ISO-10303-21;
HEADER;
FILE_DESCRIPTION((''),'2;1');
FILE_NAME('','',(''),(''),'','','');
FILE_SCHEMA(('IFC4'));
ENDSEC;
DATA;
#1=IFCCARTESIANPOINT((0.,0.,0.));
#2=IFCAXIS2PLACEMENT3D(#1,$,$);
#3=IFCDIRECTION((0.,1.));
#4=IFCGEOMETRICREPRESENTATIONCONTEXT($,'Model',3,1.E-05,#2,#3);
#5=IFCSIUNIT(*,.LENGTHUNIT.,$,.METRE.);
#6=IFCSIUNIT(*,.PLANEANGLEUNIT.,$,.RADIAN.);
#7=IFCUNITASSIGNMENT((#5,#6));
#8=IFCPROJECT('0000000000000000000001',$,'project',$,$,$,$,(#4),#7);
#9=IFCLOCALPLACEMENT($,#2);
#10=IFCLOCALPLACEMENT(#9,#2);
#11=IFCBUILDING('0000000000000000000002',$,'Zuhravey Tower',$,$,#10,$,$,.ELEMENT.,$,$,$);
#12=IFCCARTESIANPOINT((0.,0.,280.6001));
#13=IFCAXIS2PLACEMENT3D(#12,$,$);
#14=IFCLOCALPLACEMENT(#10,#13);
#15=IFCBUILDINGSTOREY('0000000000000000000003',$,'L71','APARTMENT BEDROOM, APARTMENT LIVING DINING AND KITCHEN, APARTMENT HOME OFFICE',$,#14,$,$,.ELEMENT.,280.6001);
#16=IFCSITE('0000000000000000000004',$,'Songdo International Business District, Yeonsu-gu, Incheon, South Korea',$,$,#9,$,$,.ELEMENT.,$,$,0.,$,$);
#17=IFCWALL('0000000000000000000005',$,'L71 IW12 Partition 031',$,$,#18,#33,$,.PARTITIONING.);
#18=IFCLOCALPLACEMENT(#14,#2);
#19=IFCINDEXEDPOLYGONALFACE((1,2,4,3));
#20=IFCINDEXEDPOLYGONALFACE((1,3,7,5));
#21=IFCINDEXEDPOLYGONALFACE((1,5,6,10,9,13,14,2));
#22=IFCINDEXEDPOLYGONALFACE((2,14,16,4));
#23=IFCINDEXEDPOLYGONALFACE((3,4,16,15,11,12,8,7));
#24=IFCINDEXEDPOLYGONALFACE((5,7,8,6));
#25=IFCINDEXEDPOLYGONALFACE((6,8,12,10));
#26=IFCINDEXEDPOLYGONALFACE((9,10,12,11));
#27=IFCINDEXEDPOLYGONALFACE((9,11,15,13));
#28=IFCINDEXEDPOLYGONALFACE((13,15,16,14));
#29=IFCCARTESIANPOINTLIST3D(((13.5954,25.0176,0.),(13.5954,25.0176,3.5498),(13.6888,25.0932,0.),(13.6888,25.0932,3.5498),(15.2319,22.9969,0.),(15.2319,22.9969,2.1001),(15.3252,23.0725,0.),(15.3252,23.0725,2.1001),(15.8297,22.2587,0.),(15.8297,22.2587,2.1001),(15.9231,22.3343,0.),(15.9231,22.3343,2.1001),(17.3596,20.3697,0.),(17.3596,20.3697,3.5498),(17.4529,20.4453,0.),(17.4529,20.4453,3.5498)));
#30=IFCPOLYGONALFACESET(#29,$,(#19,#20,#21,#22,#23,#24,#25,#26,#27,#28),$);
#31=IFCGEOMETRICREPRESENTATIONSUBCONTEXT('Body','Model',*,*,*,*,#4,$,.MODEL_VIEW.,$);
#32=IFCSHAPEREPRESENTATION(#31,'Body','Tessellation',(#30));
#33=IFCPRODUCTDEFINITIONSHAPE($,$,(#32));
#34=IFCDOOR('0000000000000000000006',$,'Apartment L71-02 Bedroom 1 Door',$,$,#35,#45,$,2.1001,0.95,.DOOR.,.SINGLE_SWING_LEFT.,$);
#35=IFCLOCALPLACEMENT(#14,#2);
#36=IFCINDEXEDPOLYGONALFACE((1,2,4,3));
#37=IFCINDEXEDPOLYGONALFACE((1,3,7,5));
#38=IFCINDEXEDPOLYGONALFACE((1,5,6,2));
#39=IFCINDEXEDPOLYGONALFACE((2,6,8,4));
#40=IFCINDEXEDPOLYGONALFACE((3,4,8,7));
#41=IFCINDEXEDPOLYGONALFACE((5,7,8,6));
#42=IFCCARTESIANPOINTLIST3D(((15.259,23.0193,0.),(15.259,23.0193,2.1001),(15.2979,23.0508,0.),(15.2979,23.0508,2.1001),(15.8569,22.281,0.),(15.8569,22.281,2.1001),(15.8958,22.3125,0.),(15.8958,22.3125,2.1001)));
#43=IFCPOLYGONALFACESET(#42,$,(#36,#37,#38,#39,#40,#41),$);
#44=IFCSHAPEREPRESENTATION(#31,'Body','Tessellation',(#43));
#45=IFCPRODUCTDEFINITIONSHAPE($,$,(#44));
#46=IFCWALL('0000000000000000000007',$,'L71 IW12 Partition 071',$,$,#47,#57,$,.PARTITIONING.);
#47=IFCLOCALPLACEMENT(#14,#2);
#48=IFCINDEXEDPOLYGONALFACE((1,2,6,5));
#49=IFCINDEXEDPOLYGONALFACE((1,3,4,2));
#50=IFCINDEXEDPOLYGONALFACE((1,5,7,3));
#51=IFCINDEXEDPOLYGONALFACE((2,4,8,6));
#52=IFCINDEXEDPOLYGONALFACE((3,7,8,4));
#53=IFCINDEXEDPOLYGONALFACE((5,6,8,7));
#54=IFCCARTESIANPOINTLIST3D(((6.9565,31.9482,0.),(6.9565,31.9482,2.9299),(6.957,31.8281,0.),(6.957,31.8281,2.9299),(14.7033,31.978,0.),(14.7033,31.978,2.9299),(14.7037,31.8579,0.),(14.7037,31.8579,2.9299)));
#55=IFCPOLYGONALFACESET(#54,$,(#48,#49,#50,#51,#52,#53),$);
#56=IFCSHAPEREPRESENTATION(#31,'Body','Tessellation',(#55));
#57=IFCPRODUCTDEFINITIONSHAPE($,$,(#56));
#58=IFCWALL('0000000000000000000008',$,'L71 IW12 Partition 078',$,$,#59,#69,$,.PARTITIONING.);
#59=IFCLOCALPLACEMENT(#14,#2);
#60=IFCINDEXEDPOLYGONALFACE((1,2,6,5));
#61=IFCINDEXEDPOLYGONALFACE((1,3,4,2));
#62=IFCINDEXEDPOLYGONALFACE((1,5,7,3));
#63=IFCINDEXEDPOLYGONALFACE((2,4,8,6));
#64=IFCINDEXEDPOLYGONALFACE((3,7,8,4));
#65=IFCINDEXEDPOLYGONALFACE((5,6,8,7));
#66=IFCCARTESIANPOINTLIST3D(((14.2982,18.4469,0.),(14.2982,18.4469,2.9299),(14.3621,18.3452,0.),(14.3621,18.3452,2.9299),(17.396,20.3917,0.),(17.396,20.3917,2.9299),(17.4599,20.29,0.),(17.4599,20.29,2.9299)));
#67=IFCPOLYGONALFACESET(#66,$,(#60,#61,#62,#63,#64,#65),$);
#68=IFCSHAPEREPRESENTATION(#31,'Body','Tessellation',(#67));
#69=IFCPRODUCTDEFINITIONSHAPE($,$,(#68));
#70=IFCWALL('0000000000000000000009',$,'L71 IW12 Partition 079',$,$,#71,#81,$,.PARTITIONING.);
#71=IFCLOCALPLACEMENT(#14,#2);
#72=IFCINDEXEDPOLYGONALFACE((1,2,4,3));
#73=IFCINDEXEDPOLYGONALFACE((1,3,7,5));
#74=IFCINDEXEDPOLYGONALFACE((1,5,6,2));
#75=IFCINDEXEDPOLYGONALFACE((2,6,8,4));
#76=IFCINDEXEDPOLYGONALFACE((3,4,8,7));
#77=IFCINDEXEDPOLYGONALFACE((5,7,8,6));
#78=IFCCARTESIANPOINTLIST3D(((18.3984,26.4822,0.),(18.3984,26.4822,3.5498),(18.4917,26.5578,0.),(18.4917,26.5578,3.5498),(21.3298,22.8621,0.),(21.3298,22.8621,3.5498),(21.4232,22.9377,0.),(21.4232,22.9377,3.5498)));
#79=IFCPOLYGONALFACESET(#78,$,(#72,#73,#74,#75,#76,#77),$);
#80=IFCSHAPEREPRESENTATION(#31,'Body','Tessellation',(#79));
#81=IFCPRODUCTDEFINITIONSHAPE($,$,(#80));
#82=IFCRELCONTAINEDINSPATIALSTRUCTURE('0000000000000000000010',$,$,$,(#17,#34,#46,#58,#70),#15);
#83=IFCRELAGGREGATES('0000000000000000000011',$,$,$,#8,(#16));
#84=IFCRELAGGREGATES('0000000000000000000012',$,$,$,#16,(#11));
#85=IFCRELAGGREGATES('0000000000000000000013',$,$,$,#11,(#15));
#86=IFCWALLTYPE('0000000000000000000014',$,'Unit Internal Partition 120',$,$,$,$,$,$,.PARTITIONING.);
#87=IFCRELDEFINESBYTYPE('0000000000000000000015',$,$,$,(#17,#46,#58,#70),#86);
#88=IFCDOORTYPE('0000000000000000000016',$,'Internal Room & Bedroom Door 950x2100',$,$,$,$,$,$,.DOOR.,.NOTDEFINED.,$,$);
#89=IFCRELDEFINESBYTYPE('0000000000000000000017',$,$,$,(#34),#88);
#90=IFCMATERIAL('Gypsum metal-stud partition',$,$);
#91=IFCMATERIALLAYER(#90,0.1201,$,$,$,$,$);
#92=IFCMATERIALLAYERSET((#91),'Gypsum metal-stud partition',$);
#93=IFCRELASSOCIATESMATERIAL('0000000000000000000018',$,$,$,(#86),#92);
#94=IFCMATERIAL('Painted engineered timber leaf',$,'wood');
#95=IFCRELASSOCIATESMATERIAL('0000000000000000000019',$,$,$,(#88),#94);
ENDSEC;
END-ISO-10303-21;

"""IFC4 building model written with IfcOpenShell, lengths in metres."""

from ifc_helpers import new_model, si_unit, direction, frame, frame_2d, origin, place, context, subcontext, project, spatial, rectangle, extrude, material, layer, layer_set, type_object, element, fill, save


model = new_model("IFC4")

# Units and contexts
model_context = context("Model", 3, precision=1e-05, world=origin(), true_north=direction((0.0, 1.0)))
body_context = subcontext(model_context, "Body", "Model", "MODEL_VIEW")
ifc_project = project(units=[si_unit("LENGTHUNIT", "METRE"), si_unit("PLANEANGLEUNIT", "RADIAN")], contexts=[model_context])

# Site, building, storey
site_placement = place(None, origin())
site = spatial("IfcSite", under=ifc_project, at=site_placement, Name="Songdo International Business District, Yeonsu-gu, Incheon, South Korea", CompositionType="ELEMENT", RefElevation=0.0)
building_placement = place(site_placement, origin())
building = spatial("IfcBuilding", under=site, at=building_placement, Name="Zuhravey Tower", CompositionType="ELEMENT")
storey_placement = place(building_placement, frame((0.0, 0.0, 280.6001)))
storey = spatial("IfcBuildingStorey", under=building, at=storey_placement, Name="L71", Description="APARTMENT BEDROOM, APARTMENT LIVING DINING AND KITCHEN, APARTMENT HOME OFFICE", CompositionType="ELEMENT", Elevation=280.6001)

# Shared definitions
ifc_material_1 = material(Name="Gypsum metal-stud partition")
ifc_layer_1 = layer(ifc_material_1, 0.1201)
ifc_layer_set_1 = layer_set([ifc_layer_1], Name="Gypsum metal-stud partition")
wall_type_1 = type_object("IfcWallType", Name="Unit Internal Partition 120", PredefinedType="PARTITIONING", material=ifc_layer_set_1)
ifc_material_2 = material(Name="Painted engineered timber leaf", Category="wood")
door_type_1 = type_object("IfcDoorType", Name="Internal Room & Bedroom Door 950x2100", OperationType="NOTDEFINED", PredefinedType="DOOR", material=ifc_material_2)

# Wall, opening, door
wall_1_placement = place(storey_placement, frame((13.6421, 25.0554, 0.0), z_axis=(0.0, 0.0, 1.0), x_axis=(0.629353, -0.777119, 0.0)))
wall_1 = element("IfcWall", 1, at=wall_1_placement, inside=storey, type_object=wall_type_1, Name="L71 IW12 Partition 031", PredefinedType="PARTITIONING", context=body_context, shape_type="SweptSolid", body=[
    extrude(rectangle(XDim=5.981, YDim=0.1201, at=frame_2d((2.9905, 0.0))), origin(), (0.0, 0.0, 1.0), 3.5498),
])
opening_1_placement = place(wall_1_placement, frame((2.6001, 0.0, 0.0)))
opening_1 = element("IfcOpeningElement", 2, at=opening_1_placement, cuts=wall_1, PredefinedType="OPENING", context=body_context, shape_type="SweptSolid", body=[
    extrude(rectangle(XDim=0.95, YDim=2.1001, at=frame_2d((0.4751, 1.05))), frame((0.0, 0.072, 0.0), z_axis=(0.0, -1.0, 0.0), x_axis=(1.0, 0.0, 0.0)), (0.0, 0.0, 1.0), 0.144),
])
door_1_placement = place(opening_1_placement, frame((0.95, 0.0, 0.0), z_axis=(0.0, 0.0, 1.0), x_axis=(-1.0, 0.0, 0.0)))
door_1 = element("IfcDoor", 3, at=door_1_placement, inside=storey, type_object=door_type_1, Name="Apartment L71-02 Bedroom 1 Door", OperationType="SINGLE_SWING_LEFT", OverallHeight=2.1001, OverallWidth=0.95, PredefinedType="DOOR", context=body_context, shape_type="SweptSolid", body=[
    extrude(rectangle(XDim=0.95, YDim=2.1001, at=frame_2d((0.4751, 1.05))), frame((0.0, 0.0249, 0.0), z_axis=(0.0, -1.0, 0.0), x_axis=(1.0, 0.0, 0.0)), (0.0, 0.0, 1.0), 0.05),
])
fill(opening_1, door_1)

# Walls
wall_2_placement = place(storey_placement, frame((14.7036, 31.918, 0.0), z_axis=(0.0, 0.0, 1.0), x_axis=(-0.999993, -0.003845, 0.0)))
element("IfcWall", 4, at=wall_2_placement, inside=storey, type_object=wall_type_1, Name="L71 IW12 Partition 071", PredefinedType="PARTITIONING", context=body_context, shape_type="SweptSolid", body=[
    extrude(rectangle(XDim=7.7468, YDim=0.1201, at=frame_2d((3.8735, 0.0))), origin(), (0.0, 0.0, 1.0), 2.9299),
])
wall_3_placement = place(storey_placement, frame((17.428, 20.3408, 0.0), z_axis=(0.0, 0.0, 1.0), x_axis=(-0.846935, -0.531696, 0.0)))
element("IfcWall", 5, at=wall_3_placement, inside=storey, type_object=wall_type_1, Name="L71 IW12 Partition 078", PredefinedType="PARTITIONING", context=body_context, shape_type="SweptSolid", body=[
    extrude(rectangle(XDim=3.6577, YDim=0.1201, at=frame_2d((1.8289, 0.0))), origin(), (0.0, 0.0, 1.0), 2.9299),
])
wall_4_placement = place(storey_placement, frame((18.4451, 26.52, 0.0), z_axis=(0.0, 0.0, 1.0), x_axis=(0.629305, -0.777158, 0.0)))
element("IfcWall", 6, at=wall_4_placement, inside=storey, type_object=wall_type_1, Name="L71 IW12 Partition 079", PredefinedType="PARTITIONING", context=body_context, shape_type="SweptSolid", body=[
    extrude(rectangle(XDim=4.6582, YDim=0.1201, at=frame_2d((2.3291, 0.0))), origin(), (0.0, 0.0, 1.0), 3.5498),
])

save(model, "model.ifc")
